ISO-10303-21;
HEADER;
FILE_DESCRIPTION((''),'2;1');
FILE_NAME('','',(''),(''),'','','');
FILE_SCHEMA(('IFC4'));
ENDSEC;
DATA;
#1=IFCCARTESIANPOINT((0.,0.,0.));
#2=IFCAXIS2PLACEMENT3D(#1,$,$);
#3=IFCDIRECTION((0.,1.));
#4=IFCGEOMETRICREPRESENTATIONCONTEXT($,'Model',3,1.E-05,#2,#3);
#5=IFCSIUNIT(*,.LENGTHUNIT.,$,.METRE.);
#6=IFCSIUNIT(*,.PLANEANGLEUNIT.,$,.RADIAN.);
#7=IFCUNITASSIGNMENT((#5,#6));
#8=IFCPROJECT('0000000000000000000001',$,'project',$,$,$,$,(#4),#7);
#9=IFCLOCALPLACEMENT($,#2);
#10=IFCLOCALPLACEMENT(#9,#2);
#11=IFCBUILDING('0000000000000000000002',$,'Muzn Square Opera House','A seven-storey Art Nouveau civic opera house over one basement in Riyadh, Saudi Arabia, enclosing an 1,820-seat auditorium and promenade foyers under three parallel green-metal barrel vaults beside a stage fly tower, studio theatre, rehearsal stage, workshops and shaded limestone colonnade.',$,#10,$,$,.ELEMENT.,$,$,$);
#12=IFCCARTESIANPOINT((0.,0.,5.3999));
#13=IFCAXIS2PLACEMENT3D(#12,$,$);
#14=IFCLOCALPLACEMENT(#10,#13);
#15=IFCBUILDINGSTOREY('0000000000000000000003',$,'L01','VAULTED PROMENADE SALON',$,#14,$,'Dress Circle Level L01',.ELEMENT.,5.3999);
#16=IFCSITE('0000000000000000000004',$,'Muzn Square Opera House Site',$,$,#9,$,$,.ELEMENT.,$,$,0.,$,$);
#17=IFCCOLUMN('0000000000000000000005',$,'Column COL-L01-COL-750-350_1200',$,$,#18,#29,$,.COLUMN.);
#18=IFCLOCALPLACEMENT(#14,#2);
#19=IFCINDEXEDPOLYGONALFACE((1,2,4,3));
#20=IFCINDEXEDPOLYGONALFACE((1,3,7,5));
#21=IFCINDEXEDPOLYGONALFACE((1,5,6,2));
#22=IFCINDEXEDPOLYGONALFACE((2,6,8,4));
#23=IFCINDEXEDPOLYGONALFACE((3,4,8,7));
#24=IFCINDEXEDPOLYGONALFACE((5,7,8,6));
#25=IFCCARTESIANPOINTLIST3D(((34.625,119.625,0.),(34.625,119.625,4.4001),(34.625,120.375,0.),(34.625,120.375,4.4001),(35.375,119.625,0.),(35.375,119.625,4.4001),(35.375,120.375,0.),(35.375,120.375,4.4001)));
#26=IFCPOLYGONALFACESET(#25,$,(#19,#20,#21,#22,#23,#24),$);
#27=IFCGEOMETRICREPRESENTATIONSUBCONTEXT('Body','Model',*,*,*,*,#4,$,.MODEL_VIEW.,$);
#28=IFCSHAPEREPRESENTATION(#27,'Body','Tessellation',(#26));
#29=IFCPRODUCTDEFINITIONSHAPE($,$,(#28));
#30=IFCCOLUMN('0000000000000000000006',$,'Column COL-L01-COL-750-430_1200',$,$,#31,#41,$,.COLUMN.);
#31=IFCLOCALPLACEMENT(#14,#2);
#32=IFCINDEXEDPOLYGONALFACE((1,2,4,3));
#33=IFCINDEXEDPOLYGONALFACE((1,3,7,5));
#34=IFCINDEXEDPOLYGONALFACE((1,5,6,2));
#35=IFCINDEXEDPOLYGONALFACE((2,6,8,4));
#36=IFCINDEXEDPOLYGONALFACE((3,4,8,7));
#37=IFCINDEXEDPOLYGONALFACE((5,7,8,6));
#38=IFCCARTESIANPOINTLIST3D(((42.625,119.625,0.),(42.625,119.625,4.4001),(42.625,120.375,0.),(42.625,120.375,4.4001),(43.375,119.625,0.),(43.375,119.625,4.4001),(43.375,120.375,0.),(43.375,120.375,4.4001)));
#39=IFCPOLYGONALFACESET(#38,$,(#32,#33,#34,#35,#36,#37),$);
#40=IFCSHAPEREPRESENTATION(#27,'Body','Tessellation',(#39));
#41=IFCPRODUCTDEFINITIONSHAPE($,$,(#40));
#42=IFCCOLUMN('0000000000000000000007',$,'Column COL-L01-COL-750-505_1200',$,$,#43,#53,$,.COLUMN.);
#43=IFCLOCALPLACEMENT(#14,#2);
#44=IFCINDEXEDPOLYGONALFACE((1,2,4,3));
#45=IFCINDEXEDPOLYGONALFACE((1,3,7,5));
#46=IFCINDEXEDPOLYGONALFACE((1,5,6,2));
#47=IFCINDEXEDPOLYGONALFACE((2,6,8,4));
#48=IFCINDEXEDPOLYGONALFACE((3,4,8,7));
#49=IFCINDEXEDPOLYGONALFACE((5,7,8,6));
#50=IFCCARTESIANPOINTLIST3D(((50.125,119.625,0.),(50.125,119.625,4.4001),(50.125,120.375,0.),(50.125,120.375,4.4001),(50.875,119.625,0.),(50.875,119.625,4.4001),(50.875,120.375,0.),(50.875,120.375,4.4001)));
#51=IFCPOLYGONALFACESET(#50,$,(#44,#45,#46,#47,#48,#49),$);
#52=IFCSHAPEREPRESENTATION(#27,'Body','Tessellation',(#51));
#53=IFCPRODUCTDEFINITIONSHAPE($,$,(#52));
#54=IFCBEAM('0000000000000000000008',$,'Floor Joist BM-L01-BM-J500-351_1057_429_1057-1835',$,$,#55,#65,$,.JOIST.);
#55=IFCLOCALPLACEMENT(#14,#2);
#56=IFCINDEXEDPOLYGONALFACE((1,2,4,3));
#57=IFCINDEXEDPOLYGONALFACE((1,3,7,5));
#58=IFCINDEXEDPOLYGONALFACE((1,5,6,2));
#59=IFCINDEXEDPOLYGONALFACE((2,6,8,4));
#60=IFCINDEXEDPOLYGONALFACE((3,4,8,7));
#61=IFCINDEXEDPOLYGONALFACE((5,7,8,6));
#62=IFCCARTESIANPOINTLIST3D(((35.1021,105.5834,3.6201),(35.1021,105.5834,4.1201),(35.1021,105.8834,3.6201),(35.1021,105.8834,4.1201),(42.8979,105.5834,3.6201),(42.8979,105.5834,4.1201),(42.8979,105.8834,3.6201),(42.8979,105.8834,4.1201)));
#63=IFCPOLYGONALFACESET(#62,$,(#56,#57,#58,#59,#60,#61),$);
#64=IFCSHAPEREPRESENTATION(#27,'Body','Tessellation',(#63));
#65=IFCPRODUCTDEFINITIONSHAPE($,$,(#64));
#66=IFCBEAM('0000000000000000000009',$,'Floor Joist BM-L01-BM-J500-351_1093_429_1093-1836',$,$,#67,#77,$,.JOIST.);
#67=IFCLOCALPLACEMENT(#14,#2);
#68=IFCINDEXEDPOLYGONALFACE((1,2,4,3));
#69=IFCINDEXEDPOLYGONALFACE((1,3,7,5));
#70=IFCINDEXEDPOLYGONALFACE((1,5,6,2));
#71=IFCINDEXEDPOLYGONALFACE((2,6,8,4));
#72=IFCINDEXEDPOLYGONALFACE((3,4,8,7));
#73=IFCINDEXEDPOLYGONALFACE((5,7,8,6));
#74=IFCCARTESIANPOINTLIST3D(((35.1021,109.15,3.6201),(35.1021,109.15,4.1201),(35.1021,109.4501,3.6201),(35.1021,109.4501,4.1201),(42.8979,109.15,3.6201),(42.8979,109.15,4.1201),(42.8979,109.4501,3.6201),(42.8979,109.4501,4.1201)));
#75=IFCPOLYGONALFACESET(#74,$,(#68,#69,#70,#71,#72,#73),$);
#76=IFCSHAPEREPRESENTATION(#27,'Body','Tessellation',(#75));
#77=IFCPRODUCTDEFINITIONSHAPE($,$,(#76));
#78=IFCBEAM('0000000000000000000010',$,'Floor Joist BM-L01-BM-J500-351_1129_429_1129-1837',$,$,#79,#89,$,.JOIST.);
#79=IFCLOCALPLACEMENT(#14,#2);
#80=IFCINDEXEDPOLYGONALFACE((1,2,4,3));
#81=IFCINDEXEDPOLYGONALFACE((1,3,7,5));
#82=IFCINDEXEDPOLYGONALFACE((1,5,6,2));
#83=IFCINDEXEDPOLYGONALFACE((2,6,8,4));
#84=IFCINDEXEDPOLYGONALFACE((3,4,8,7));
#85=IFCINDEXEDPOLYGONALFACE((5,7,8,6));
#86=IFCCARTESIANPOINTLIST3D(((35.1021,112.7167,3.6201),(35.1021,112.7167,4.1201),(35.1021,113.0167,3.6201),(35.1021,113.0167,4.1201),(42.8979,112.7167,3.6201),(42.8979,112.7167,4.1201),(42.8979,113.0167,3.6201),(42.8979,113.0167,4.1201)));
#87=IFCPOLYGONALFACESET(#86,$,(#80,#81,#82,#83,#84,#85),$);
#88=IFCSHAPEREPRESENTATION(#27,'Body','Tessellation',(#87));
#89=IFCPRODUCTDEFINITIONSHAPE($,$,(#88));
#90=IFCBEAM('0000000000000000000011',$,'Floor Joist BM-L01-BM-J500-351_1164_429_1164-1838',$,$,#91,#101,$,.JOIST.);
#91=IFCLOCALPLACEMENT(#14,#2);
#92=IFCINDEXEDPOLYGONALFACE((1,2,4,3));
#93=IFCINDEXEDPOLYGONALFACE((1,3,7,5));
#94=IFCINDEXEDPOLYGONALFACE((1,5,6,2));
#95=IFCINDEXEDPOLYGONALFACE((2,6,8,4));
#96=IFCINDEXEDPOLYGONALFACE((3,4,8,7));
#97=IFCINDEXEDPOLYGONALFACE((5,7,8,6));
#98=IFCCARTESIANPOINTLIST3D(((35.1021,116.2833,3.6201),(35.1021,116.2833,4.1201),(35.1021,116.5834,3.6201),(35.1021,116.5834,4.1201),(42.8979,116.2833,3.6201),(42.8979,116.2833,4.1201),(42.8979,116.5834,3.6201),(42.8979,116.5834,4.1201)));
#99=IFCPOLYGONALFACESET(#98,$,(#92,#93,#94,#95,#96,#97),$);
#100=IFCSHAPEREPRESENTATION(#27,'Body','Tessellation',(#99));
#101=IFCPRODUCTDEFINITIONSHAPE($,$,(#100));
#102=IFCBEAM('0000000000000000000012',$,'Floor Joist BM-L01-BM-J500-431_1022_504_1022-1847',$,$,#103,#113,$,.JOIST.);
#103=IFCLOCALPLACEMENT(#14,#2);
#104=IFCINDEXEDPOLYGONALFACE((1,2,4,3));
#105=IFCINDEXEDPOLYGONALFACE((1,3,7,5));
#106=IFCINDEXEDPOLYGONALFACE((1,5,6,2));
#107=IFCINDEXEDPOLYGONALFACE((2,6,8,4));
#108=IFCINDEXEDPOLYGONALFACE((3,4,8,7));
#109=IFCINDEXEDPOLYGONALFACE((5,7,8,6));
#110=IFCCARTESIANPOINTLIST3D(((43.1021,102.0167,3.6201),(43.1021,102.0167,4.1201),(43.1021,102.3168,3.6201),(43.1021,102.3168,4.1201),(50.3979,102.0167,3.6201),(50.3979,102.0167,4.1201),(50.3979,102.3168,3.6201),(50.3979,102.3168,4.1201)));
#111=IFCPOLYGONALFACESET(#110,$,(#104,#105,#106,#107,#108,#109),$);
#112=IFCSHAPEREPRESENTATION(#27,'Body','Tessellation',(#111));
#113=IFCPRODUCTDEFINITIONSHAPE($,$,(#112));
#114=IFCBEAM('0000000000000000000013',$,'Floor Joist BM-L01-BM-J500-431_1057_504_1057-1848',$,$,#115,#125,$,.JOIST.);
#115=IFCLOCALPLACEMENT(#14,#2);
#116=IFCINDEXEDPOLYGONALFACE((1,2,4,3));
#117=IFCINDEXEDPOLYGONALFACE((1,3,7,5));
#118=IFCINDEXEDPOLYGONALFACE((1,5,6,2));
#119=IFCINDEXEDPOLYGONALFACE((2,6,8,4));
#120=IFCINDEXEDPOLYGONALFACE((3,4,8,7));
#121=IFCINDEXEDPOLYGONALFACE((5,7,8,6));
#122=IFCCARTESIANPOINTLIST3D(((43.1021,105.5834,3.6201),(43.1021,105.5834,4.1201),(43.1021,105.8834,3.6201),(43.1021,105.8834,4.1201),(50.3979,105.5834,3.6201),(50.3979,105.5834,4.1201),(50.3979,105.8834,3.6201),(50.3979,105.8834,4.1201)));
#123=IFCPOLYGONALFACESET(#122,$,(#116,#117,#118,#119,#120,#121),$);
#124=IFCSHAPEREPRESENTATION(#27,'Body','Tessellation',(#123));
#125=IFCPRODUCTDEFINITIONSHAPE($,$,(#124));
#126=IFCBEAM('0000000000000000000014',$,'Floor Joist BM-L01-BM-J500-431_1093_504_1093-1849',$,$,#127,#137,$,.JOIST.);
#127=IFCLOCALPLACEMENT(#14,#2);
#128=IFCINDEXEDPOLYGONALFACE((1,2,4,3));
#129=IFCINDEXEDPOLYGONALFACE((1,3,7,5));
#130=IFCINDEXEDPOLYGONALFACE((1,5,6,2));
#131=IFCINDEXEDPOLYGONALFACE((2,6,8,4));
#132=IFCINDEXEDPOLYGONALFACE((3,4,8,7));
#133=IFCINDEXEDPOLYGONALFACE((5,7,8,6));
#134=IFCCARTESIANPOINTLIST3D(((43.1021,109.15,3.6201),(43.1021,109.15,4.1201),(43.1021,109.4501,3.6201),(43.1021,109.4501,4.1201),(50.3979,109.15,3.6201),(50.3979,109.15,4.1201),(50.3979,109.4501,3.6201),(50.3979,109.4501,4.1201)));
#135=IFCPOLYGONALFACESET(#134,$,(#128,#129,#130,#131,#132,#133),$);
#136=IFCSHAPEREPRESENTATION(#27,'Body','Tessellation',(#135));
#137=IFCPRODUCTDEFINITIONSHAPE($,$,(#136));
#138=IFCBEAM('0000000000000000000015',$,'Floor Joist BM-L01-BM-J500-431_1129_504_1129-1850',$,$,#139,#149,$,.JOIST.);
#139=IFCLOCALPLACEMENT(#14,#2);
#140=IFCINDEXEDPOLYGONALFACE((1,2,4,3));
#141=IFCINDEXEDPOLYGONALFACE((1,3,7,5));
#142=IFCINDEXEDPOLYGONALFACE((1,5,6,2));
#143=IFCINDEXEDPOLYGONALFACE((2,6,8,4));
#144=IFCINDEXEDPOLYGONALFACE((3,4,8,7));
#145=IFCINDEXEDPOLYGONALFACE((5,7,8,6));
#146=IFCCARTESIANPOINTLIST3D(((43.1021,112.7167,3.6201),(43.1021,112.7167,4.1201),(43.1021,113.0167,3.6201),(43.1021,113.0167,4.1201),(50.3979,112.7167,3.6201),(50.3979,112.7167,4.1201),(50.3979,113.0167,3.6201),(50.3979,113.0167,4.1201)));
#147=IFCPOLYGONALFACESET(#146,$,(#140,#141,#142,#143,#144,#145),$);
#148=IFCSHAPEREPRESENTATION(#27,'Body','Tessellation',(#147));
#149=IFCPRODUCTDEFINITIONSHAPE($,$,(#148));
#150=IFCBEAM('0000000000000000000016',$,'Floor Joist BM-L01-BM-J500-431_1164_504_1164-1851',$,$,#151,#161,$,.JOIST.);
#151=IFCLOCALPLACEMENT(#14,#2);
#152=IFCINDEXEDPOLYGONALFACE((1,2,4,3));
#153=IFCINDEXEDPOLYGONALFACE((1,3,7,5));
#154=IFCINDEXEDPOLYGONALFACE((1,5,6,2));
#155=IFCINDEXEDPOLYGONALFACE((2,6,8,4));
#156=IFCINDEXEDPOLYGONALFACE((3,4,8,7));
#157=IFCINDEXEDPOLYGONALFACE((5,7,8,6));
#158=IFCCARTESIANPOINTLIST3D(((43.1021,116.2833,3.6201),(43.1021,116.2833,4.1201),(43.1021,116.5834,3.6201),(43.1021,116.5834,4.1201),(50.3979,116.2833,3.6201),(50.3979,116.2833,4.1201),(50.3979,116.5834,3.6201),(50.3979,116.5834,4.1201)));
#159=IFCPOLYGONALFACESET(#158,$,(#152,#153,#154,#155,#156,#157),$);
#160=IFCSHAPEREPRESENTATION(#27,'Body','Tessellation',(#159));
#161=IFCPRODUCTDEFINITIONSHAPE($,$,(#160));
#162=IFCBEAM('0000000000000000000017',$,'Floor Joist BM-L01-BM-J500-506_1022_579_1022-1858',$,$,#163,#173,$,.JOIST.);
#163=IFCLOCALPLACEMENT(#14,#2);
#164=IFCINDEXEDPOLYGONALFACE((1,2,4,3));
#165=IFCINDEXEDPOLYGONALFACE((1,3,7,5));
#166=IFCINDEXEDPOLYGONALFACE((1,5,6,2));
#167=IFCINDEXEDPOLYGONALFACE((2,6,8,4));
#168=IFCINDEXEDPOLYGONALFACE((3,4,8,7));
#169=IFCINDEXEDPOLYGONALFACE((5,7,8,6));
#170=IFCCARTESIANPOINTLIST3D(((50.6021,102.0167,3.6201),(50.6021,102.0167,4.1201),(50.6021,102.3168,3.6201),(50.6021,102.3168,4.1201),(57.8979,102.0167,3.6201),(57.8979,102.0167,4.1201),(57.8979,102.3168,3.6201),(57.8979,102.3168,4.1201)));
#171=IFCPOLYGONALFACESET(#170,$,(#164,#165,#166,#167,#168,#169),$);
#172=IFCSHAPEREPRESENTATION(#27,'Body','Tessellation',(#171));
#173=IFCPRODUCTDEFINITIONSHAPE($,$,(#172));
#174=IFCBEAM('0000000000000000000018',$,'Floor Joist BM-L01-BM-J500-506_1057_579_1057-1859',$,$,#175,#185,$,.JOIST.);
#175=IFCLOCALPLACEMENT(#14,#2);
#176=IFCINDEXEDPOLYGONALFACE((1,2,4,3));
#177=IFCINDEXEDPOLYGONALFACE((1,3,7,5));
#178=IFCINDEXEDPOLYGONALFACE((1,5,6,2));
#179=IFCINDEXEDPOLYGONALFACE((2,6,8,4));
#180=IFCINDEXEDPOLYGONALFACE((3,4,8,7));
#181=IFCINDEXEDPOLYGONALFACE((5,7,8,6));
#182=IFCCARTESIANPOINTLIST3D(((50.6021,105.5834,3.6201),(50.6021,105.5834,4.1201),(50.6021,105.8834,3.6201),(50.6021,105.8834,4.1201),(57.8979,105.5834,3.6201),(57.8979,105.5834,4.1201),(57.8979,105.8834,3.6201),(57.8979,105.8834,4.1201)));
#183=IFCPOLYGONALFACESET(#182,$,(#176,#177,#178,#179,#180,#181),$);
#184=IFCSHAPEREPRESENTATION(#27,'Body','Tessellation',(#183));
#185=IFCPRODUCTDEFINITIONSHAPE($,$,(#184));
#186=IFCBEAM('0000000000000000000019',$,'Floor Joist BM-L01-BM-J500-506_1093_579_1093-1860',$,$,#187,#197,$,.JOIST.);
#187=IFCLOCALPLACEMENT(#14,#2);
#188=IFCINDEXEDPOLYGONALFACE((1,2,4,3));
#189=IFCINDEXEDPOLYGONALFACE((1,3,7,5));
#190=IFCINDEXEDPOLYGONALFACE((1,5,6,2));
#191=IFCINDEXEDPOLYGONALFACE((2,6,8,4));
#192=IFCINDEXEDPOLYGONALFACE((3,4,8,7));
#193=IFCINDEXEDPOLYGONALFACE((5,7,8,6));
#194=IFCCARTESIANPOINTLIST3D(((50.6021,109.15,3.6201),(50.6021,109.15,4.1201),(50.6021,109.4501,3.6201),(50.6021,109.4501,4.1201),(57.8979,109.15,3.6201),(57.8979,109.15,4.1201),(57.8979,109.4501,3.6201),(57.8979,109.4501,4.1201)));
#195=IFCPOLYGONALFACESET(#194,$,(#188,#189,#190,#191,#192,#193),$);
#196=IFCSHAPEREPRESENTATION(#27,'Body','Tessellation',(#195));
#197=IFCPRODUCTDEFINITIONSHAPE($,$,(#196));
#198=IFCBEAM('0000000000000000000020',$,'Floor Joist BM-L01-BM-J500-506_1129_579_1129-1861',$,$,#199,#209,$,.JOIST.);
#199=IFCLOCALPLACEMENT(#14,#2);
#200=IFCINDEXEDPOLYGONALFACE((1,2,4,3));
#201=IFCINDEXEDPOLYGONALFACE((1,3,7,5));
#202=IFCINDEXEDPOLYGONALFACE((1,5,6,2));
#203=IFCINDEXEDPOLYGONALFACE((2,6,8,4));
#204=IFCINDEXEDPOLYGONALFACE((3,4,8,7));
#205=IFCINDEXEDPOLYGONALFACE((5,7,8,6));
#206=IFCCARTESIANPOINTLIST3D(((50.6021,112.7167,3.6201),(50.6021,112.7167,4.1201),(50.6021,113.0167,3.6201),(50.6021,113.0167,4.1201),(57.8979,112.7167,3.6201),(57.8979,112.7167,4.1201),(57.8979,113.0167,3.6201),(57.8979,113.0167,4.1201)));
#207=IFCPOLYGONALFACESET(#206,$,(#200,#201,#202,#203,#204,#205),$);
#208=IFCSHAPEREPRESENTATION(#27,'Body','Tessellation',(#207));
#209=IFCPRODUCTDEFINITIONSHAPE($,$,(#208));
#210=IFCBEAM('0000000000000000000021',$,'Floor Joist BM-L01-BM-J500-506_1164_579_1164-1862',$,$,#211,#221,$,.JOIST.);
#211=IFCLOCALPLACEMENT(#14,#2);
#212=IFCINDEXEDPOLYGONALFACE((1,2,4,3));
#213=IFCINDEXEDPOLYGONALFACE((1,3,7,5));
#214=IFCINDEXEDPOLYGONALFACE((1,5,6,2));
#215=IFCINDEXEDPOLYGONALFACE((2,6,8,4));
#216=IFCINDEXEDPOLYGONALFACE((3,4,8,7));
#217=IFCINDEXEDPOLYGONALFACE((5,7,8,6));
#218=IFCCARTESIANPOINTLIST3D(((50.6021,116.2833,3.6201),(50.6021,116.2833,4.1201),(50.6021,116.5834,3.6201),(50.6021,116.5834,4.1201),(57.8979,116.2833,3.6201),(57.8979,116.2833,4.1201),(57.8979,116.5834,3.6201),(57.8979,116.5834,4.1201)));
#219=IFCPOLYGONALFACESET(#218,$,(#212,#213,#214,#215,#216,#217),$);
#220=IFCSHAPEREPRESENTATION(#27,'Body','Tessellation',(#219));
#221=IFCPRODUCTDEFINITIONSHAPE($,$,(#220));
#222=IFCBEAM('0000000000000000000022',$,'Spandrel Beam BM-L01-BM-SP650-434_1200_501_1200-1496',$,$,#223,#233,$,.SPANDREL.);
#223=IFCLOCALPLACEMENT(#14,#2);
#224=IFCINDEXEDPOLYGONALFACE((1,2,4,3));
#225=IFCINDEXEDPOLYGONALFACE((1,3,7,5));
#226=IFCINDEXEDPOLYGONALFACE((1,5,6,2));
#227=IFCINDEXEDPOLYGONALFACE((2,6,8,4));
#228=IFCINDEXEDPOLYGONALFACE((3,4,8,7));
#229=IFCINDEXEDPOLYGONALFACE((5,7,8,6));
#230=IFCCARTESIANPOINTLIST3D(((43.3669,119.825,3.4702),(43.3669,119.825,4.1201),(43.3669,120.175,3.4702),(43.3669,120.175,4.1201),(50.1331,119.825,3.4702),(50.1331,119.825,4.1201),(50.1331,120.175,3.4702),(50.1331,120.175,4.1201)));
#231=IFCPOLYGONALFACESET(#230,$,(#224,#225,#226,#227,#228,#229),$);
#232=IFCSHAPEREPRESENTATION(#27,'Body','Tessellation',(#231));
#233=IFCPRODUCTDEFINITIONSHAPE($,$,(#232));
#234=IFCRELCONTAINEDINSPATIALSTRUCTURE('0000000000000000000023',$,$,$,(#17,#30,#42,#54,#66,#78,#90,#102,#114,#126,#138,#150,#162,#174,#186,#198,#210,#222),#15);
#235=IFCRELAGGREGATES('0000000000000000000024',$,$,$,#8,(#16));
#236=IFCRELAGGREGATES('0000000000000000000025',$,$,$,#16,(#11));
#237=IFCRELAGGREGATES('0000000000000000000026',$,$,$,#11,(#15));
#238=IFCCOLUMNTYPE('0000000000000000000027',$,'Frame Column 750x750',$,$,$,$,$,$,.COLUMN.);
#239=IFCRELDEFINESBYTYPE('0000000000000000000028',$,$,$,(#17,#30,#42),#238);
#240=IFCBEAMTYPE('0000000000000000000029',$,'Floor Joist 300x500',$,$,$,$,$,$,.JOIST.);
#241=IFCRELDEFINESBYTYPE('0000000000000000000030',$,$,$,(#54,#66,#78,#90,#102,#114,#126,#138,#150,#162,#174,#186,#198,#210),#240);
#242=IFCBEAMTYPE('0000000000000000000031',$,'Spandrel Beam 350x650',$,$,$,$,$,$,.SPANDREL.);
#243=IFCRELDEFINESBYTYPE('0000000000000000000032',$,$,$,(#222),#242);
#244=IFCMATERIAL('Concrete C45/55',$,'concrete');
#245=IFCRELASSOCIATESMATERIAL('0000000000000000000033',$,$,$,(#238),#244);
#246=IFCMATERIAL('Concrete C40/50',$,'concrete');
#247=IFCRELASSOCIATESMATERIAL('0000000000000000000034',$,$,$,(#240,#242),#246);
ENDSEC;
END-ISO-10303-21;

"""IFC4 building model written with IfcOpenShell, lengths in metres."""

from ifc_helpers import new_model, si_unit, direction, frame, origin, origin_2d, place, context, subcontext, project, spatial, rectangle, extrude, material, material_profile, profile_set, type_object, element, save


model = new_model("IFC4")

# Units and contexts
model_context = context("Model", 3, precision=1e-05, world=origin(), true_north=direction((0.0, 1.0)))
body_context = subcontext(model_context, "Body", "Model", "MODEL_VIEW")
ifc_project = project(units=[si_unit("LENGTHUNIT", "METRE"), si_unit("PLANEANGLEUNIT", "RADIAN")], contexts=[model_context])

# Site, building, storey
site_placement = place(None, origin())
site = spatial("IfcSite", under=ifc_project, at=site_placement, Name="Muzn Square Opera House Site", CompositionType="ELEMENT", RefElevation=0.0)
building_placement = place(site_placement, origin())
building = spatial("IfcBuilding", under=site, at=building_placement, Name="Muzn Square Opera House", Description="A seven-storey Art Nouveau civic opera house over one basement in Riyadh, Saudi Arabia, enclosing an 1,820-seat auditorium and promenade foyers under three parallel green-metal barrel vaults beside a stage fly tower, studio theatre, rehearsal stage, workshops and shaded limestone colonnade.", CompositionType="ELEMENT")
storey_placement = place(building_placement, frame((0.0, 0.0, 5.3999)))
storey = spatial("IfcBuildingStorey", under=building, at=storey_placement, Name="L01", Description="VAULTED PROMENADE SALON", LongName="Dress Circle Level L01", CompositionType="ELEMENT", Elevation=5.3999)

# Columns
ifc_material_1 = material(Name="Concrete C45/55", Category="concrete")
ifc_material_profile_1 = material_profile(ifc_material_1, rectangle(XDim=0.75, YDim=0.75, at=origin_2d()), Name="RC 750x750", Category="concrete")
ifc_profile_set_1 = profile_set([ifc_material_profile_1], Name="Concrete C45/55")
column_type = type_object("IfcColumnType", Name="Frame Column 750x750", PredefinedType="COLUMN", material=ifc_profile_set_1)
for number, where, z_axis, x_axis, name in (
    (1, (35.0, 120.0, 0.0), (0.0, 0.0, 1.0), (1.0, 0.0, 0.0), "Column COL-L01-COL-750-350_1200"),
    (2, (43.0, 120.0, 0.0), (0.0, 0.0, 1.0), (1.0, 0.0, 0.0), "Column COL-L01-COL-750-430_1200"),
    (3, (50.5, 120.0, 0.0), (0.0, 0.0, 1.0), (1.0, 0.0, 0.0), "Column COL-L01-COL-750-505_1200"),
):
    element("IfcColumn", number, at=place(storey_placement, frame(where, z_axis=z_axis, x_axis=x_axis)), inside=storey, type_object=column_type, Name=name, PredefinedType="COLUMN", context=body_context, shape_type="SweptSolid", body=[
        extrude(rectangle(XDim=0.75, YDim=0.75, at=origin_2d()), origin(), (0.0, 0.0, 1.0), 4.4001),
    ])

# Beams
ifc_material_2 = material(Name="Concrete C40/50", Category="concrete")
ifc_material_profile_2 = material_profile(ifc_material_2, rectangle(XDim=0.3, YDim=0.5, at=origin_2d()), Name="RCJ 300x500", Category="concrete")
ifc_profile_set_2 = profile_set([ifc_material_profile_2], Name="Concrete C40/50")
beam_type_1 = type_object("IfcBeamType", Name="Floor Joist 300x500", PredefinedType="JOIST", material=ifc_profile_set_2)
for number, where, z_axis, x_axis, name in (
    (4, (35.1021, 105.7334, 3.8701), (1.0, 0.0, 0.0), (0.0, 1.0, 0.0), "Floor Joist BM-L01-BM-J500-351_1057_429_1057-1835"),
    (5, (35.1021, 109.3, 3.8701), (1.0, 0.0, 0.0), (0.0, 1.0, 0.0), "Floor Joist BM-L01-BM-J500-351_1093_429_1093-1836"),
    (6, (35.1021, 112.8667, 3.8701), (1.0, 0.0, 0.0), (0.0, 1.0, 0.0), "Floor Joist BM-L01-BM-J500-351_1129_429_1129-1837"),
    (7, (35.1021, 116.4333, 3.8701), (1.0, 0.0, 0.0), (0.0, 1.0, 0.0), "Floor Joist BM-L01-BM-J500-351_1164_429_1164-1838"),
):
    element("IfcBeam", number, at=place(storey_placement, frame(where, z_axis=z_axis, x_axis=x_axis)), inside=storey, type_object=beam_type_1, Name=name, PredefinedType="JOIST", context=body_context, shape_type="SweptSolid", body=[
        extrude(rectangle(XDim=0.3, YDim=0.5, at=origin_2d()), origin(), (0.0, 0.0, 1.0), 7.7959),
    ])
for number, where, z_axis, x_axis, name in (
    (8, (43.1021, 102.1667, 3.8701), (1.0, 0.0, 0.0), (0.0, 1.0, 0.0), "Floor Joist BM-L01-BM-J500-431_1022_504_1022-1847"),
    (9, (43.1021, 105.7334, 3.8701), (1.0, 0.0, 0.0), (0.0, 1.0, 0.0), "Floor Joist BM-L01-BM-J500-431_1057_504_1057-1848"),
    (10, (43.1021, 109.3, 3.8701), (1.0, 0.0, 0.0), (0.0, 1.0, 0.0), "Floor Joist BM-L01-BM-J500-431_1093_504_1093-1849"),
    (11, (43.1021, 112.8667, 3.8701), (1.0, 0.0, 0.0), (0.0, 1.0, 0.0), "Floor Joist BM-L01-BM-J500-431_1129_504_1129-1850"),
    (12, (43.1021, 116.4333, 3.8701), (1.0, 0.0, 0.0), (0.0, 1.0, 0.0), "Floor Joist BM-L01-BM-J500-431_1164_504_1164-1851"),
    (13, (50.6021, 102.1667, 3.8701), (1.0, 0.0, 0.0), (0.0, 1.0, 0.0), "Floor Joist BM-L01-BM-J500-506_1022_579_1022-1858"),
    (14, (50.6021, 105.7334, 3.8701), (1.0, 0.0, 0.0), (0.0, 1.0, 0.0), "Floor Joist BM-L01-BM-J500-506_1057_579_1057-1859"),
    (15, (50.6021, 109.3, 3.8701), (1.0, 0.0, 0.0), (0.0, 1.0, 0.0), "Floor Joist BM-L01-BM-J500-506_1093_579_1093-1860"),
    (16, (50.6021, 112.8667, 3.8701), (1.0, 0.0, 0.0), (0.0, 1.0, 0.0), "Floor Joist BM-L01-BM-J500-506_1129_579_1129-1861"),
    (17, (50.6021, 116.4333, 3.8701), (1.0, 0.0, 0.0), (0.0, 1.0, 0.0), "Floor Joist BM-L01-BM-J500-506_1164_579_1164-1862"),
):
    element("IfcBeam", number, at=place(storey_placement, frame(where, z_axis=z_axis, x_axis=x_axis)), inside=storey, type_object=beam_type_1, Name=name, PredefinedType="JOIST", context=body_context, shape_type="SweptSolid", body=[
        extrude(rectangle(XDim=0.3, YDim=0.5, at=origin_2d()), origin(), (0.0, 0.0, 1.0), 7.2959),
    ])
ifc_material_profile_3 = material_profile(ifc_material_2, rectangle(XDim=0.3501, YDim=0.6499, at=origin_2d()), Name="RCS 350x650", Category="concrete")
ifc_profile_set_3 = profile_set([ifc_material_profile_3], Name="Concrete C40/50")
beam_type_2 = type_object("IfcBeamType", Name="Spandrel Beam 350x650", PredefinedType="SPANDREL", material=ifc_profile_set_3)
beam_1_placement = place(storey_placement, frame((43.3669, 120.0, 3.7952), z_axis=(1.0, 0.0, 0.0), x_axis=(0.0, 1.0, 0.0)))
element("IfcBeam", 18, at=beam_1_placement, inside=storey, type_object=beam_type_2, Name="Spandrel Beam BM-L01-BM-SP650-434_1200_501_1200-1496", PredefinedType="SPANDREL", context=body_context, shape_type="SweptSolid", body=[
    extrude(rectangle(XDim=0.3501, YDim=0.6499, at=origin_2d()), origin(), (0.0, 0.0, 1.0), 6.7661),
])

save(model, "model.ifc")
